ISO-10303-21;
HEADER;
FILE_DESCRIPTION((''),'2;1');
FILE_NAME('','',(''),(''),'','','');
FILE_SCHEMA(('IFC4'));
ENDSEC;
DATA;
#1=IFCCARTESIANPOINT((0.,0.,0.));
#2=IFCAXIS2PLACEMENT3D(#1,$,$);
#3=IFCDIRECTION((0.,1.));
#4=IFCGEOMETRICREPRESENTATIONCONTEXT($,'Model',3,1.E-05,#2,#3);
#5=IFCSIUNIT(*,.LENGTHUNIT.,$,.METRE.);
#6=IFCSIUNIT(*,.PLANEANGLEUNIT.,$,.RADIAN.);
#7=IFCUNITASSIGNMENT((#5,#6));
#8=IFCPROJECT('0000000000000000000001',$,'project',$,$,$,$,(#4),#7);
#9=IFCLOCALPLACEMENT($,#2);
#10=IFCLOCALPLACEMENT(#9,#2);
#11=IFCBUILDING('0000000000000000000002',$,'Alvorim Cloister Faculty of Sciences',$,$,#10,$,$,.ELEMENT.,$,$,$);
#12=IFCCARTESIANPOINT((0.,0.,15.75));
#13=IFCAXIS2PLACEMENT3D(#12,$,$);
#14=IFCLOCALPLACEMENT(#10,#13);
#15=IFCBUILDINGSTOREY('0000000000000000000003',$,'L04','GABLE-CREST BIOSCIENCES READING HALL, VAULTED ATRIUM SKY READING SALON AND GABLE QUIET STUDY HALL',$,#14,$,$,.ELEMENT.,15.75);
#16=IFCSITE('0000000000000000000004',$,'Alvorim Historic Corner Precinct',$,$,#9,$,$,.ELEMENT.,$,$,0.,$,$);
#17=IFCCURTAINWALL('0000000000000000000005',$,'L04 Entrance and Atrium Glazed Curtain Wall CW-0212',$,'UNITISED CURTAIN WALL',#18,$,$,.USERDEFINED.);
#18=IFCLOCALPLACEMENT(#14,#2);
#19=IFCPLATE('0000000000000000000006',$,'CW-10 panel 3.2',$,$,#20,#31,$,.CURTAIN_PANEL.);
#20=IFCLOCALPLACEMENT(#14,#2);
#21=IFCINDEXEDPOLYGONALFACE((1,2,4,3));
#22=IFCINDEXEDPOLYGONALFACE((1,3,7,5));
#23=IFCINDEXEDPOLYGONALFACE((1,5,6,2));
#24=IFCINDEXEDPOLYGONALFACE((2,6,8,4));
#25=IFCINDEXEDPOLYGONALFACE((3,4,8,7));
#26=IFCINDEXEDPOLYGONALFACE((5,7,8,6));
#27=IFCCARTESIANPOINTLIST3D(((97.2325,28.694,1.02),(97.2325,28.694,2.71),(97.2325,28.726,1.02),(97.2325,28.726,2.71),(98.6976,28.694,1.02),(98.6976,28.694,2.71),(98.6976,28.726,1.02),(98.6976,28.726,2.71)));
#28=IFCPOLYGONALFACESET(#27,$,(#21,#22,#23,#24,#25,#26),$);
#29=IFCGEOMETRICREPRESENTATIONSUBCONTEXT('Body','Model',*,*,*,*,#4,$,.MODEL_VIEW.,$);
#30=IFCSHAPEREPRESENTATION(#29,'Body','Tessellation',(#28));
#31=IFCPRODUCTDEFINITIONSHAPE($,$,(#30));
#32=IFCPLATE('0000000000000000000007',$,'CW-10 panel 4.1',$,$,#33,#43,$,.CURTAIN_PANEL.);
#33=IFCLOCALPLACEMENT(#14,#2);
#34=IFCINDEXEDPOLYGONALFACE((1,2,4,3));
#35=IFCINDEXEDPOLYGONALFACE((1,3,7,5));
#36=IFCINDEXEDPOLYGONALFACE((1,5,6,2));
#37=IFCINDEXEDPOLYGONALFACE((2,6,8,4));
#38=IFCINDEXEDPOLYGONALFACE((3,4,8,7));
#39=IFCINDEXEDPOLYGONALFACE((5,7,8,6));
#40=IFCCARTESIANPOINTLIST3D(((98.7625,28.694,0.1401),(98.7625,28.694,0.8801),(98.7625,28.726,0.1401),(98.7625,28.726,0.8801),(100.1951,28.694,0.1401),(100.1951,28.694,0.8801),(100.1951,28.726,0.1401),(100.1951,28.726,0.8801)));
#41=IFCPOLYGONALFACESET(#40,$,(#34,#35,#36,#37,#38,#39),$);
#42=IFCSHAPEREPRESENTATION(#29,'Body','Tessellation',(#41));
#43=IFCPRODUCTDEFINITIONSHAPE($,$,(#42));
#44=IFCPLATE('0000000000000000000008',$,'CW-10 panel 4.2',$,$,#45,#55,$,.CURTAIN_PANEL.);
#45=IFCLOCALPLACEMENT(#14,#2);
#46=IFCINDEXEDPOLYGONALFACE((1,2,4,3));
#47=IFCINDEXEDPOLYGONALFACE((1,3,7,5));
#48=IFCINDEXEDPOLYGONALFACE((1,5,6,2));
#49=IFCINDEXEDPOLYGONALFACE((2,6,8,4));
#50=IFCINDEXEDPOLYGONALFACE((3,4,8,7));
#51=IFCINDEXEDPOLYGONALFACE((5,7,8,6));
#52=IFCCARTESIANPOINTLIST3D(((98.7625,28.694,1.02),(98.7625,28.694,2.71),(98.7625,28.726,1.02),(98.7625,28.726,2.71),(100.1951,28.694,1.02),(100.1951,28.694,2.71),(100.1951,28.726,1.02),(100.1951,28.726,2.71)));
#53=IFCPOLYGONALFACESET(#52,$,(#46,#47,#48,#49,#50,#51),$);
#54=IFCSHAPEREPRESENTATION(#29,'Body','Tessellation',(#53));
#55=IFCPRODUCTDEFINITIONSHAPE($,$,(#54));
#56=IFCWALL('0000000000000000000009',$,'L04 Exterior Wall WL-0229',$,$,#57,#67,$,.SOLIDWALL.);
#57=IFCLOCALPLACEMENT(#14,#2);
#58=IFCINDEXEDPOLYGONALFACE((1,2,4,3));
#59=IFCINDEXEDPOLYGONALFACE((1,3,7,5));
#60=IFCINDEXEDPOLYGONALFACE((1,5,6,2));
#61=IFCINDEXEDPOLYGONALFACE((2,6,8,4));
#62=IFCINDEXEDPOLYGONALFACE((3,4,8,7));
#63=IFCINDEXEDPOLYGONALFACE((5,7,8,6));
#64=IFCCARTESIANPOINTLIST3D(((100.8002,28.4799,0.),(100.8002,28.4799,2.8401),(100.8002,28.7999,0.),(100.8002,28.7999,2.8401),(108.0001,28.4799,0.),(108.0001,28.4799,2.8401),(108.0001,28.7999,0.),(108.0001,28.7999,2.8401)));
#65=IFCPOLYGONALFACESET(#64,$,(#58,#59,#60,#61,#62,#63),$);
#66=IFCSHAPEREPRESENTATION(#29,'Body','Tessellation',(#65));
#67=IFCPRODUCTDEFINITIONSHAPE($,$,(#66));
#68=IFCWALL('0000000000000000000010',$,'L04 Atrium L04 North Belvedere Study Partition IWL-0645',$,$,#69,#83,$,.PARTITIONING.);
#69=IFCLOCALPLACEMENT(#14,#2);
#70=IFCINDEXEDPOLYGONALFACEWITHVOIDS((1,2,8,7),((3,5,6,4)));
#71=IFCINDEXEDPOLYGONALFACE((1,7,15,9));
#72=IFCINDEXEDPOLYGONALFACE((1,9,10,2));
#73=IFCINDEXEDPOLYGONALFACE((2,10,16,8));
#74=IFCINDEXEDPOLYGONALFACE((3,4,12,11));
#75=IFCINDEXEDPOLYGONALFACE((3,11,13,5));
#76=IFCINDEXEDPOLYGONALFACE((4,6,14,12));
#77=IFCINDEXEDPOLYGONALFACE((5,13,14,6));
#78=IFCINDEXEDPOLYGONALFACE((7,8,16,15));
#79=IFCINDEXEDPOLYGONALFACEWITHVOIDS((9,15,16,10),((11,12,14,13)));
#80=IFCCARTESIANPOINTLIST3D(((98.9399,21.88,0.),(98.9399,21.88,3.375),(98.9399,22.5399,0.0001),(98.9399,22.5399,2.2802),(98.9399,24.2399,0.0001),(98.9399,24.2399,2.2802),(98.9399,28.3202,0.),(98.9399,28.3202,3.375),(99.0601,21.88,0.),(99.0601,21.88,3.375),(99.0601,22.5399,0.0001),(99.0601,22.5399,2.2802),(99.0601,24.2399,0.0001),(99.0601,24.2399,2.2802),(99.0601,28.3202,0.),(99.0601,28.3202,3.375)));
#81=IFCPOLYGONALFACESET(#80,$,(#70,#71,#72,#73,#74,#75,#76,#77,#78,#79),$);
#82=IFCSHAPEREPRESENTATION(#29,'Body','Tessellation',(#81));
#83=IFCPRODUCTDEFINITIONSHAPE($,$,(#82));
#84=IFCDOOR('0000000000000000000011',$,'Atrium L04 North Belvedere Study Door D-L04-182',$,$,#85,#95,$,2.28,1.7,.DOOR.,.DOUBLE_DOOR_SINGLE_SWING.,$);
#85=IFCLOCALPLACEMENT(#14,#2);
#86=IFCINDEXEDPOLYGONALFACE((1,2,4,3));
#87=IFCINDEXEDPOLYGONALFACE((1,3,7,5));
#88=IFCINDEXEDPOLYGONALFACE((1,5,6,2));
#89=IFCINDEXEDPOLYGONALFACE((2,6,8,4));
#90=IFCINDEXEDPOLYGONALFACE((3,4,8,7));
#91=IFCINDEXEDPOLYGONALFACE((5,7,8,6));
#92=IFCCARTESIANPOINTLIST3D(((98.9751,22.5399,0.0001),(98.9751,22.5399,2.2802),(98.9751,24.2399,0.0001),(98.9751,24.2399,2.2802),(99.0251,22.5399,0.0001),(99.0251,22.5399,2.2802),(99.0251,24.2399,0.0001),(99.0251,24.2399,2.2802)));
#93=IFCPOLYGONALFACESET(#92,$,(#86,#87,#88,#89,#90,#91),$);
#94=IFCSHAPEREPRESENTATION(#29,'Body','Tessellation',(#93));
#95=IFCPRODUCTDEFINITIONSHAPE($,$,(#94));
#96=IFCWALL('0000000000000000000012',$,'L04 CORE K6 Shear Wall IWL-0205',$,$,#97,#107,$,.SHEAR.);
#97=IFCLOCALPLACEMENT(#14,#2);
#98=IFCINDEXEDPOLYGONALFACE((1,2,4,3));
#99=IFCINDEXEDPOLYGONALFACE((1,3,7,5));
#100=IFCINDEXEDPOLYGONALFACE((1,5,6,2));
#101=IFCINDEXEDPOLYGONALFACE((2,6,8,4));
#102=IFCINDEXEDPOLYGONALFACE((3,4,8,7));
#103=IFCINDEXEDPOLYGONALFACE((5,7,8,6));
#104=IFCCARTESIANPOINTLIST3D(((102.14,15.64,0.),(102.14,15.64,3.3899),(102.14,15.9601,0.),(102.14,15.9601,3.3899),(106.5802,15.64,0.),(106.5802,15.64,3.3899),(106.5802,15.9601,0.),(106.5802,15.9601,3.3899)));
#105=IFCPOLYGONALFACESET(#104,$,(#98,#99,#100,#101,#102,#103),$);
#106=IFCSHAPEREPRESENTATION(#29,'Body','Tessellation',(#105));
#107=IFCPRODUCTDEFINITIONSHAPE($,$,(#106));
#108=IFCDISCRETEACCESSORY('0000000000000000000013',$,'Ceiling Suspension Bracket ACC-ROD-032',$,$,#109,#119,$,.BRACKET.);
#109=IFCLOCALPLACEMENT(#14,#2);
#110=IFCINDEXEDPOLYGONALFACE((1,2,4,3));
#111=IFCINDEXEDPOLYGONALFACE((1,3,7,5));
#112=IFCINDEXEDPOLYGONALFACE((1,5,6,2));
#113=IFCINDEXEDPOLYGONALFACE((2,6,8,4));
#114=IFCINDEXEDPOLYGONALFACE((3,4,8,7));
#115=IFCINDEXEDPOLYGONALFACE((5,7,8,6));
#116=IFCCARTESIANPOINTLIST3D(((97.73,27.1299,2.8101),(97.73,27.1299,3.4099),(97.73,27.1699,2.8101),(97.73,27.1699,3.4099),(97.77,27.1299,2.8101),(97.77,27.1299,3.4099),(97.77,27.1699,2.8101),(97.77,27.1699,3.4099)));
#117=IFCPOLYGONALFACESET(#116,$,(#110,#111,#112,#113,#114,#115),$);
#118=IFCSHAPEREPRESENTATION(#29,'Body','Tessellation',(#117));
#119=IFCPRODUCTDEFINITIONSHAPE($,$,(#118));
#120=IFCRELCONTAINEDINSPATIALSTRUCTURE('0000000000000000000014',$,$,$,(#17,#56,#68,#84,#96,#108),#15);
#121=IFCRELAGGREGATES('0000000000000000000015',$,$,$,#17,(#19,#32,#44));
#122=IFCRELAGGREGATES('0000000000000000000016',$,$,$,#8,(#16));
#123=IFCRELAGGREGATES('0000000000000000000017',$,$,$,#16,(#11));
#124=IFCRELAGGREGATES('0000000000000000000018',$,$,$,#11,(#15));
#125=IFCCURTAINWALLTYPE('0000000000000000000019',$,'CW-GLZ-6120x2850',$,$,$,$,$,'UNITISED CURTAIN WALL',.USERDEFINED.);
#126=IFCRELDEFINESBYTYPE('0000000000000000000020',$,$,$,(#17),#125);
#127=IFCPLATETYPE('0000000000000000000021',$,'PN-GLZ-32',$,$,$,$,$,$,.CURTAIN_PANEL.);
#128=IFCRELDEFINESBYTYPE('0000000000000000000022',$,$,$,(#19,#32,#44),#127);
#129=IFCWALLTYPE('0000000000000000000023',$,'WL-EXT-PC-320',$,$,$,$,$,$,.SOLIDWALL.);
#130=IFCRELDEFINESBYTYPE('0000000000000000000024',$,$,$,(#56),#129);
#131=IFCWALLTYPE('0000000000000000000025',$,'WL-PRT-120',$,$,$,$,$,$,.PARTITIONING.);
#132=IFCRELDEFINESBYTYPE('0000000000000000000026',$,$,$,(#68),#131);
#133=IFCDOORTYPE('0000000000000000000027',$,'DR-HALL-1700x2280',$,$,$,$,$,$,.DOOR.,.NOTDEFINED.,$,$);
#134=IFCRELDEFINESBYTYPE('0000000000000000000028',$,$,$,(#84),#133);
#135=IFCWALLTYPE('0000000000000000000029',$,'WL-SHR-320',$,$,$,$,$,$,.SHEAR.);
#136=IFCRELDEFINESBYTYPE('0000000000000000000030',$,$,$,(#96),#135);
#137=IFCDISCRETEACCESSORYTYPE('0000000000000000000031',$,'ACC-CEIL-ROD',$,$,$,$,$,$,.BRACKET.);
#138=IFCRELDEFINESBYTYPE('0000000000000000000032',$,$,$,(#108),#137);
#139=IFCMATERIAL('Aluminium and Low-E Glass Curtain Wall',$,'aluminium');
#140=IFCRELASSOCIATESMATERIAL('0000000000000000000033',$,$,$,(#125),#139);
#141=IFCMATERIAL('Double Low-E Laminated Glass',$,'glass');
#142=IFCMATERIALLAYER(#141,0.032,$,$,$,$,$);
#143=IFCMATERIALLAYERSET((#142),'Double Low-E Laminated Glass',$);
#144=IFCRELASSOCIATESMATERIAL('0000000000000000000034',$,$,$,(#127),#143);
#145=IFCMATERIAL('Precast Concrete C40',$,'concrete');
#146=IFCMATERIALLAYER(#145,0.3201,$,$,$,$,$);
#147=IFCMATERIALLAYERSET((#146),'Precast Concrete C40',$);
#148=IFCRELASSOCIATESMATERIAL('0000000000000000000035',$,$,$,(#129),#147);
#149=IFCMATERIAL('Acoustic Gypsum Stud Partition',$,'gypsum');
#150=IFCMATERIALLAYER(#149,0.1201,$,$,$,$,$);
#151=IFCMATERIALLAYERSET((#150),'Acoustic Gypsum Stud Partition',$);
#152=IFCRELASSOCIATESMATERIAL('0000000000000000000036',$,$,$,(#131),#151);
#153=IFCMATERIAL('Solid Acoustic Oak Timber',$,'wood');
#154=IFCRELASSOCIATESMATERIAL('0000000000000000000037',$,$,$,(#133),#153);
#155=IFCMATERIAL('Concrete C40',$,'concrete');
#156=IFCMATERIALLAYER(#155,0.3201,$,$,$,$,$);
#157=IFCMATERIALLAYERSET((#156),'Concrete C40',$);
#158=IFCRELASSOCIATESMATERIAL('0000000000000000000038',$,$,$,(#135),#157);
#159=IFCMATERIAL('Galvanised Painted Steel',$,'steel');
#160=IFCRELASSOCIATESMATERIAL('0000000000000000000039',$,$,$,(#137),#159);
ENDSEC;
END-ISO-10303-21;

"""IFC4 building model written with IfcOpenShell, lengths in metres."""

from ifc_helpers import new_model, si_unit, direction, frame, frame_2d, origin, origin_2d, place, context, subcontext, project, spatial, rectangle, extrude, material, layer, layer_set, type_object, element, fill, aggregate, save


model = new_model("IFC4")

# Units and contexts
model_context = context("Model", 3, precision=1e-05, world=origin(), true_north=direction((0.0, 1.0)))
body_context = subcontext(model_context, "Body", "Model", "MODEL_VIEW")
ifc_project = project(units=[si_unit("LENGTHUNIT", "METRE"), si_unit("PLANEANGLEUNIT", "RADIAN")], contexts=[model_context])

# Site, building, storey
site_placement = place(None, origin())
site = spatial("IfcSite", under=ifc_project, at=site_placement, Name="Alvorim Historic Corner Precinct", CompositionType="ELEMENT", RefElevation=0.0)
building_placement = place(site_placement, origin())
building = spatial("IfcBuilding", under=site, at=building_placement, Name="Alvorim Cloister Faculty of Sciences", CompositionType="ELEMENT")
storey_placement = place(building_placement, frame((0.0, 0.0, 15.75)))
storey = spatial("IfcBuildingStorey", under=building, at=storey_placement, Name="L04", Description="GABLE-CREST BIOSCIENCES READING HALL, VAULTED ATRIUM SKY READING SALON AND GABLE QUIET STUDY HALL", CompositionType="ELEMENT", Elevation=15.75)

# Curtain wall, plates
ifc_material_1 = material(Name="Aluminium and Low-E Glass Curtain Wall", Category="aluminium")
curtain_wall_type = type_object("IfcCurtainWallType", Name="CW-GLZ-6120x2850", ElementType="UNITISED CURTAIN WALL", PredefinedType="USERDEFINED", material=ifc_material_1)
curtain_wall_placement = place(storey_placement, origin())
curtain_wall = element("IfcCurtainWall", 1, at=curtain_wall_placement, inside=storey, type_object=curtain_wall_type, Name="L04 Entrance and Atrium Glazed Curtain Wall CW-0212", ObjectType="UNITISED CURTAIN WALL", PredefinedType="USERDEFINED")
ifc_material_2 = material(Name="Double Low-E Laminated Glass", Category="glass")
ifc_layer_1 = layer(ifc_material_2, 0.032)
ifc_layer_set_1 = layer_set([ifc_layer_1], Name="Double Low-E Laminated Glass")
plate_type = type_object("IfcPlateType", Name="PN-GLZ-32", PredefinedType="CURTAIN_PANEL", material=ifc_layer_set_1)
plate_1_placement = place(storey_placement, frame((97.9651, 28.71, 1.02), z_axis=(0.0, 0.0, 1.0), x_axis=(1.0, 0.0, 0.0)))
plate_1 = element("IfcPlate", 2, at=plate_1_placement, type_object=plate_type, Name="CW-10 panel 3.2", PredefinedType="CURTAIN_PANEL", context=body_context, shape_type="SweptSolid", body=[
    extrude(rectangle(XDim=1.4651, YDim=0.032, at=origin_2d()), origin(), (0.0, 0.0, 1.0), 1.6899),
])
plate_2_placement = place(storey_placement, frame((99.4788, 28.71, 0.1401), z_axis=(0.0, 0.0, 1.0), x_axis=(1.0, 0.0, 0.0)))
plate_2 = element("IfcPlate", 3, at=plate_2_placement, type_object=plate_type, Name="CW-10 panel 4.1", PredefinedType="CURTAIN_PANEL", context=body_context, shape_type="SweptSolid", body=[
    extrude(rectangle(XDim=1.4326, YDim=0.032, at=origin_2d()), origin(), (0.0, 0.0, 1.0), 0.74),
])
plate_3_placement = place(storey_placement, frame((99.4788, 28.71, 1.02), z_axis=(0.0, 0.0, 1.0), x_axis=(1.0, 0.0, 0.0)))
plate_3 = element("IfcPlate", 4, at=plate_3_placement, type_object=plate_type, Name="CW-10 panel 4.2", PredefinedType="CURTAIN_PANEL", context=body_context, shape_type="SweptSolid", body=[
    extrude(rectangle(XDim=1.4326, YDim=0.032, at=origin_2d()), origin(), (0.0, 0.0, 1.0), 1.6899),
])
aggregate(curtain_wall, [plate_1, plate_2, plate_3])

# Wall
ifc_material_3 = material(Name="Precast Concrete C40", Category="concrete")
ifc_layer_2 = layer(ifc_material_3, 0.3201)
ifc_layer_set_2 = layer_set([ifc_layer_2], Name="Precast Concrete C40")
wall_type_1 = type_object("IfcWallType", Name="WL-EXT-PC-320", PredefinedType="SOLIDWALL", material=ifc_layer_set_2)
wall_1_placement = place(storey_placement, frame((100.8, 28.6399, 0.0), z_axis=(0.0, 0.0, 1.0), x_axis=(1.0, 0.0, 0.0)))
element("IfcWall", 5, at=wall_1_placement, inside=storey, type_object=wall_type_1, Name="L04 Exterior Wall WL-0229", PredefinedType="SOLIDWALL", context=body_context, shape_type="SweptSolid", body=[
    extrude(rectangle(XDim=7.2, YDim=0.3201, at=frame_2d((3.6001, 0.0))), origin(), (0.0, 0.0, 1.0), 2.8401),
])

# Wall, opening, door
ifc_material_4 = material(Name="Acoustic Gypsum Stud Partition", Category="gypsum")
ifc_layer_3 = layer(ifc_material_4, 0.1201)
ifc_layer_set_3 = layer_set([ifc_layer_3], Name="Acoustic Gypsum Stud Partition")
wall_type_2 = type_object("IfcWallType", Name="WL-PRT-120", PredefinedType="PARTITIONING", material=ifc_layer_set_3)
wall_2_placement = place(storey_placement, frame((99.0, 21.8799, 0.0), z_axis=(0.0, 0.0, 1.0), x_axis=(0.0, 1.0, 0.0)))
wall_2 = element("IfcWall", 6, at=wall_2_placement, inside=storey, type_object=wall_type_2, Name="L04 Atrium L04 North Belvedere Study Partition IWL-0645", PredefinedType="PARTITIONING", context=body_context, shape_type="SweptSolid", body=[
    extrude(rectangle(XDim=6.4402, YDim=0.1201, at=frame_2d((3.2202, 0.0))), origin(), (0.0, 0.0, 1.0), 3.375),
])
opening_placement = place(wall_2_placement, frame((0.6599, 0.0, 0.0)))
opening = element("IfcOpeningElement", 7, at=opening_placement, cuts=wall_2, PredefinedType="OPENING", context=body_context, shape_type="SweptSolid", body=[
    extrude(rectangle(XDim=1.7, YDim=2.28, at=frame_2d((0.8501, 1.1401))), frame((0.0, 0.072, 0.0), z_axis=(0.0, -1.0, 0.0), x_axis=(1.0, 0.0, 0.0)), (0.0, 0.0, 1.0), 0.144),
])
ifc_material_5 = material(Name="Solid Acoustic Oak Timber", Category="wood")
door_type = type_object("IfcDoorType", Name="DR-HALL-1700x2280", OperationType="NOTDEFINED", PredefinedType="DOOR", material=ifc_material_5)
door_placement = place(opening_placement, origin())
door = element("IfcDoor", 8, at=door_placement, inside=storey, type_object=door_type, Name="Atrium L04 North Belvedere Study Door D-L04-182", OperationType="DOUBLE_DOOR_SINGLE_SWING", OverallHeight=2.28, OverallWidth=1.7, PredefinedType="DOOR", context=body_context, shape_type="SweptSolid", body=[
    extrude(rectangle(XDim=1.7, YDim=2.28, at=frame_2d((0.8501, 1.1401))), frame((0.0, 0.0249, 0.0), z_axis=(0.0, -1.0, 0.0), x_axis=(1.0, 0.0, 0.0)), (0.0, 0.0, 1.0), 0.05),
])
fill(opening, door)

# Wall
ifc_material_6 = material(Name="Concrete C40", Category="concrete")
ifc_layer_4 = layer(ifc_material_6, 0.3201)
ifc_layer_set_4 = layer_set([ifc_layer_4], Name="Concrete C40")
wall_type_3 = type_object("IfcWallType", Name="WL-SHR-320", PredefinedType="SHEAR", material=ifc_layer_set_4)
wall_3_placement = place(storey_placement, frame((102.1399, 15.8, 0.0), z_axis=(0.0, 0.0, 1.0), x_axis=(1.0, 0.0, 0.0)))
element("IfcWall", 9, at=wall_3_placement, inside=storey, type_object=wall_type_3, Name="L04 CORE K6 Shear Wall IWL-0205", PredefinedType="SHEAR", context=body_context, shape_type="SweptSolid", body=[
    extrude(rectangle(XDim=4.4402, YDim=0.3201, at=frame_2d((2.2202, 0.0))), origin(), (0.0, 0.0, 1.0), 3.3899),
])

# Discrete accessory
ifc_material_7 = material(Name="Galvanised Painted Steel", Category="steel")
discrete_accessory_type = type_object("IfcDiscreteAccessoryType", Name="ACC-CEIL-ROD", PredefinedType="BRACKET", material=ifc_material_7)
discrete_accessory_placement = place(storey_placement, frame((97.75, 27.1499, 2.8101), z_axis=(0.0, 0.0, 1.0), x_axis=(1.0, 0.0, 0.0)))
element("IfcDiscreteAccessory", 10, at=discrete_accessory_placement, inside=storey, type_object=discrete_accessory_type, Name="Ceiling Suspension Bracket ACC-ROD-032", PredefinedType="BRACKET", context=body_context, shape_type="SweptSolid", body=[
    extrude(rectangle(XDim=0.04, YDim=0.04, at=origin_2d()), origin(), (0.0, 0.0, 1.0), 0.5999),
])

save(model, "model.ifc")
